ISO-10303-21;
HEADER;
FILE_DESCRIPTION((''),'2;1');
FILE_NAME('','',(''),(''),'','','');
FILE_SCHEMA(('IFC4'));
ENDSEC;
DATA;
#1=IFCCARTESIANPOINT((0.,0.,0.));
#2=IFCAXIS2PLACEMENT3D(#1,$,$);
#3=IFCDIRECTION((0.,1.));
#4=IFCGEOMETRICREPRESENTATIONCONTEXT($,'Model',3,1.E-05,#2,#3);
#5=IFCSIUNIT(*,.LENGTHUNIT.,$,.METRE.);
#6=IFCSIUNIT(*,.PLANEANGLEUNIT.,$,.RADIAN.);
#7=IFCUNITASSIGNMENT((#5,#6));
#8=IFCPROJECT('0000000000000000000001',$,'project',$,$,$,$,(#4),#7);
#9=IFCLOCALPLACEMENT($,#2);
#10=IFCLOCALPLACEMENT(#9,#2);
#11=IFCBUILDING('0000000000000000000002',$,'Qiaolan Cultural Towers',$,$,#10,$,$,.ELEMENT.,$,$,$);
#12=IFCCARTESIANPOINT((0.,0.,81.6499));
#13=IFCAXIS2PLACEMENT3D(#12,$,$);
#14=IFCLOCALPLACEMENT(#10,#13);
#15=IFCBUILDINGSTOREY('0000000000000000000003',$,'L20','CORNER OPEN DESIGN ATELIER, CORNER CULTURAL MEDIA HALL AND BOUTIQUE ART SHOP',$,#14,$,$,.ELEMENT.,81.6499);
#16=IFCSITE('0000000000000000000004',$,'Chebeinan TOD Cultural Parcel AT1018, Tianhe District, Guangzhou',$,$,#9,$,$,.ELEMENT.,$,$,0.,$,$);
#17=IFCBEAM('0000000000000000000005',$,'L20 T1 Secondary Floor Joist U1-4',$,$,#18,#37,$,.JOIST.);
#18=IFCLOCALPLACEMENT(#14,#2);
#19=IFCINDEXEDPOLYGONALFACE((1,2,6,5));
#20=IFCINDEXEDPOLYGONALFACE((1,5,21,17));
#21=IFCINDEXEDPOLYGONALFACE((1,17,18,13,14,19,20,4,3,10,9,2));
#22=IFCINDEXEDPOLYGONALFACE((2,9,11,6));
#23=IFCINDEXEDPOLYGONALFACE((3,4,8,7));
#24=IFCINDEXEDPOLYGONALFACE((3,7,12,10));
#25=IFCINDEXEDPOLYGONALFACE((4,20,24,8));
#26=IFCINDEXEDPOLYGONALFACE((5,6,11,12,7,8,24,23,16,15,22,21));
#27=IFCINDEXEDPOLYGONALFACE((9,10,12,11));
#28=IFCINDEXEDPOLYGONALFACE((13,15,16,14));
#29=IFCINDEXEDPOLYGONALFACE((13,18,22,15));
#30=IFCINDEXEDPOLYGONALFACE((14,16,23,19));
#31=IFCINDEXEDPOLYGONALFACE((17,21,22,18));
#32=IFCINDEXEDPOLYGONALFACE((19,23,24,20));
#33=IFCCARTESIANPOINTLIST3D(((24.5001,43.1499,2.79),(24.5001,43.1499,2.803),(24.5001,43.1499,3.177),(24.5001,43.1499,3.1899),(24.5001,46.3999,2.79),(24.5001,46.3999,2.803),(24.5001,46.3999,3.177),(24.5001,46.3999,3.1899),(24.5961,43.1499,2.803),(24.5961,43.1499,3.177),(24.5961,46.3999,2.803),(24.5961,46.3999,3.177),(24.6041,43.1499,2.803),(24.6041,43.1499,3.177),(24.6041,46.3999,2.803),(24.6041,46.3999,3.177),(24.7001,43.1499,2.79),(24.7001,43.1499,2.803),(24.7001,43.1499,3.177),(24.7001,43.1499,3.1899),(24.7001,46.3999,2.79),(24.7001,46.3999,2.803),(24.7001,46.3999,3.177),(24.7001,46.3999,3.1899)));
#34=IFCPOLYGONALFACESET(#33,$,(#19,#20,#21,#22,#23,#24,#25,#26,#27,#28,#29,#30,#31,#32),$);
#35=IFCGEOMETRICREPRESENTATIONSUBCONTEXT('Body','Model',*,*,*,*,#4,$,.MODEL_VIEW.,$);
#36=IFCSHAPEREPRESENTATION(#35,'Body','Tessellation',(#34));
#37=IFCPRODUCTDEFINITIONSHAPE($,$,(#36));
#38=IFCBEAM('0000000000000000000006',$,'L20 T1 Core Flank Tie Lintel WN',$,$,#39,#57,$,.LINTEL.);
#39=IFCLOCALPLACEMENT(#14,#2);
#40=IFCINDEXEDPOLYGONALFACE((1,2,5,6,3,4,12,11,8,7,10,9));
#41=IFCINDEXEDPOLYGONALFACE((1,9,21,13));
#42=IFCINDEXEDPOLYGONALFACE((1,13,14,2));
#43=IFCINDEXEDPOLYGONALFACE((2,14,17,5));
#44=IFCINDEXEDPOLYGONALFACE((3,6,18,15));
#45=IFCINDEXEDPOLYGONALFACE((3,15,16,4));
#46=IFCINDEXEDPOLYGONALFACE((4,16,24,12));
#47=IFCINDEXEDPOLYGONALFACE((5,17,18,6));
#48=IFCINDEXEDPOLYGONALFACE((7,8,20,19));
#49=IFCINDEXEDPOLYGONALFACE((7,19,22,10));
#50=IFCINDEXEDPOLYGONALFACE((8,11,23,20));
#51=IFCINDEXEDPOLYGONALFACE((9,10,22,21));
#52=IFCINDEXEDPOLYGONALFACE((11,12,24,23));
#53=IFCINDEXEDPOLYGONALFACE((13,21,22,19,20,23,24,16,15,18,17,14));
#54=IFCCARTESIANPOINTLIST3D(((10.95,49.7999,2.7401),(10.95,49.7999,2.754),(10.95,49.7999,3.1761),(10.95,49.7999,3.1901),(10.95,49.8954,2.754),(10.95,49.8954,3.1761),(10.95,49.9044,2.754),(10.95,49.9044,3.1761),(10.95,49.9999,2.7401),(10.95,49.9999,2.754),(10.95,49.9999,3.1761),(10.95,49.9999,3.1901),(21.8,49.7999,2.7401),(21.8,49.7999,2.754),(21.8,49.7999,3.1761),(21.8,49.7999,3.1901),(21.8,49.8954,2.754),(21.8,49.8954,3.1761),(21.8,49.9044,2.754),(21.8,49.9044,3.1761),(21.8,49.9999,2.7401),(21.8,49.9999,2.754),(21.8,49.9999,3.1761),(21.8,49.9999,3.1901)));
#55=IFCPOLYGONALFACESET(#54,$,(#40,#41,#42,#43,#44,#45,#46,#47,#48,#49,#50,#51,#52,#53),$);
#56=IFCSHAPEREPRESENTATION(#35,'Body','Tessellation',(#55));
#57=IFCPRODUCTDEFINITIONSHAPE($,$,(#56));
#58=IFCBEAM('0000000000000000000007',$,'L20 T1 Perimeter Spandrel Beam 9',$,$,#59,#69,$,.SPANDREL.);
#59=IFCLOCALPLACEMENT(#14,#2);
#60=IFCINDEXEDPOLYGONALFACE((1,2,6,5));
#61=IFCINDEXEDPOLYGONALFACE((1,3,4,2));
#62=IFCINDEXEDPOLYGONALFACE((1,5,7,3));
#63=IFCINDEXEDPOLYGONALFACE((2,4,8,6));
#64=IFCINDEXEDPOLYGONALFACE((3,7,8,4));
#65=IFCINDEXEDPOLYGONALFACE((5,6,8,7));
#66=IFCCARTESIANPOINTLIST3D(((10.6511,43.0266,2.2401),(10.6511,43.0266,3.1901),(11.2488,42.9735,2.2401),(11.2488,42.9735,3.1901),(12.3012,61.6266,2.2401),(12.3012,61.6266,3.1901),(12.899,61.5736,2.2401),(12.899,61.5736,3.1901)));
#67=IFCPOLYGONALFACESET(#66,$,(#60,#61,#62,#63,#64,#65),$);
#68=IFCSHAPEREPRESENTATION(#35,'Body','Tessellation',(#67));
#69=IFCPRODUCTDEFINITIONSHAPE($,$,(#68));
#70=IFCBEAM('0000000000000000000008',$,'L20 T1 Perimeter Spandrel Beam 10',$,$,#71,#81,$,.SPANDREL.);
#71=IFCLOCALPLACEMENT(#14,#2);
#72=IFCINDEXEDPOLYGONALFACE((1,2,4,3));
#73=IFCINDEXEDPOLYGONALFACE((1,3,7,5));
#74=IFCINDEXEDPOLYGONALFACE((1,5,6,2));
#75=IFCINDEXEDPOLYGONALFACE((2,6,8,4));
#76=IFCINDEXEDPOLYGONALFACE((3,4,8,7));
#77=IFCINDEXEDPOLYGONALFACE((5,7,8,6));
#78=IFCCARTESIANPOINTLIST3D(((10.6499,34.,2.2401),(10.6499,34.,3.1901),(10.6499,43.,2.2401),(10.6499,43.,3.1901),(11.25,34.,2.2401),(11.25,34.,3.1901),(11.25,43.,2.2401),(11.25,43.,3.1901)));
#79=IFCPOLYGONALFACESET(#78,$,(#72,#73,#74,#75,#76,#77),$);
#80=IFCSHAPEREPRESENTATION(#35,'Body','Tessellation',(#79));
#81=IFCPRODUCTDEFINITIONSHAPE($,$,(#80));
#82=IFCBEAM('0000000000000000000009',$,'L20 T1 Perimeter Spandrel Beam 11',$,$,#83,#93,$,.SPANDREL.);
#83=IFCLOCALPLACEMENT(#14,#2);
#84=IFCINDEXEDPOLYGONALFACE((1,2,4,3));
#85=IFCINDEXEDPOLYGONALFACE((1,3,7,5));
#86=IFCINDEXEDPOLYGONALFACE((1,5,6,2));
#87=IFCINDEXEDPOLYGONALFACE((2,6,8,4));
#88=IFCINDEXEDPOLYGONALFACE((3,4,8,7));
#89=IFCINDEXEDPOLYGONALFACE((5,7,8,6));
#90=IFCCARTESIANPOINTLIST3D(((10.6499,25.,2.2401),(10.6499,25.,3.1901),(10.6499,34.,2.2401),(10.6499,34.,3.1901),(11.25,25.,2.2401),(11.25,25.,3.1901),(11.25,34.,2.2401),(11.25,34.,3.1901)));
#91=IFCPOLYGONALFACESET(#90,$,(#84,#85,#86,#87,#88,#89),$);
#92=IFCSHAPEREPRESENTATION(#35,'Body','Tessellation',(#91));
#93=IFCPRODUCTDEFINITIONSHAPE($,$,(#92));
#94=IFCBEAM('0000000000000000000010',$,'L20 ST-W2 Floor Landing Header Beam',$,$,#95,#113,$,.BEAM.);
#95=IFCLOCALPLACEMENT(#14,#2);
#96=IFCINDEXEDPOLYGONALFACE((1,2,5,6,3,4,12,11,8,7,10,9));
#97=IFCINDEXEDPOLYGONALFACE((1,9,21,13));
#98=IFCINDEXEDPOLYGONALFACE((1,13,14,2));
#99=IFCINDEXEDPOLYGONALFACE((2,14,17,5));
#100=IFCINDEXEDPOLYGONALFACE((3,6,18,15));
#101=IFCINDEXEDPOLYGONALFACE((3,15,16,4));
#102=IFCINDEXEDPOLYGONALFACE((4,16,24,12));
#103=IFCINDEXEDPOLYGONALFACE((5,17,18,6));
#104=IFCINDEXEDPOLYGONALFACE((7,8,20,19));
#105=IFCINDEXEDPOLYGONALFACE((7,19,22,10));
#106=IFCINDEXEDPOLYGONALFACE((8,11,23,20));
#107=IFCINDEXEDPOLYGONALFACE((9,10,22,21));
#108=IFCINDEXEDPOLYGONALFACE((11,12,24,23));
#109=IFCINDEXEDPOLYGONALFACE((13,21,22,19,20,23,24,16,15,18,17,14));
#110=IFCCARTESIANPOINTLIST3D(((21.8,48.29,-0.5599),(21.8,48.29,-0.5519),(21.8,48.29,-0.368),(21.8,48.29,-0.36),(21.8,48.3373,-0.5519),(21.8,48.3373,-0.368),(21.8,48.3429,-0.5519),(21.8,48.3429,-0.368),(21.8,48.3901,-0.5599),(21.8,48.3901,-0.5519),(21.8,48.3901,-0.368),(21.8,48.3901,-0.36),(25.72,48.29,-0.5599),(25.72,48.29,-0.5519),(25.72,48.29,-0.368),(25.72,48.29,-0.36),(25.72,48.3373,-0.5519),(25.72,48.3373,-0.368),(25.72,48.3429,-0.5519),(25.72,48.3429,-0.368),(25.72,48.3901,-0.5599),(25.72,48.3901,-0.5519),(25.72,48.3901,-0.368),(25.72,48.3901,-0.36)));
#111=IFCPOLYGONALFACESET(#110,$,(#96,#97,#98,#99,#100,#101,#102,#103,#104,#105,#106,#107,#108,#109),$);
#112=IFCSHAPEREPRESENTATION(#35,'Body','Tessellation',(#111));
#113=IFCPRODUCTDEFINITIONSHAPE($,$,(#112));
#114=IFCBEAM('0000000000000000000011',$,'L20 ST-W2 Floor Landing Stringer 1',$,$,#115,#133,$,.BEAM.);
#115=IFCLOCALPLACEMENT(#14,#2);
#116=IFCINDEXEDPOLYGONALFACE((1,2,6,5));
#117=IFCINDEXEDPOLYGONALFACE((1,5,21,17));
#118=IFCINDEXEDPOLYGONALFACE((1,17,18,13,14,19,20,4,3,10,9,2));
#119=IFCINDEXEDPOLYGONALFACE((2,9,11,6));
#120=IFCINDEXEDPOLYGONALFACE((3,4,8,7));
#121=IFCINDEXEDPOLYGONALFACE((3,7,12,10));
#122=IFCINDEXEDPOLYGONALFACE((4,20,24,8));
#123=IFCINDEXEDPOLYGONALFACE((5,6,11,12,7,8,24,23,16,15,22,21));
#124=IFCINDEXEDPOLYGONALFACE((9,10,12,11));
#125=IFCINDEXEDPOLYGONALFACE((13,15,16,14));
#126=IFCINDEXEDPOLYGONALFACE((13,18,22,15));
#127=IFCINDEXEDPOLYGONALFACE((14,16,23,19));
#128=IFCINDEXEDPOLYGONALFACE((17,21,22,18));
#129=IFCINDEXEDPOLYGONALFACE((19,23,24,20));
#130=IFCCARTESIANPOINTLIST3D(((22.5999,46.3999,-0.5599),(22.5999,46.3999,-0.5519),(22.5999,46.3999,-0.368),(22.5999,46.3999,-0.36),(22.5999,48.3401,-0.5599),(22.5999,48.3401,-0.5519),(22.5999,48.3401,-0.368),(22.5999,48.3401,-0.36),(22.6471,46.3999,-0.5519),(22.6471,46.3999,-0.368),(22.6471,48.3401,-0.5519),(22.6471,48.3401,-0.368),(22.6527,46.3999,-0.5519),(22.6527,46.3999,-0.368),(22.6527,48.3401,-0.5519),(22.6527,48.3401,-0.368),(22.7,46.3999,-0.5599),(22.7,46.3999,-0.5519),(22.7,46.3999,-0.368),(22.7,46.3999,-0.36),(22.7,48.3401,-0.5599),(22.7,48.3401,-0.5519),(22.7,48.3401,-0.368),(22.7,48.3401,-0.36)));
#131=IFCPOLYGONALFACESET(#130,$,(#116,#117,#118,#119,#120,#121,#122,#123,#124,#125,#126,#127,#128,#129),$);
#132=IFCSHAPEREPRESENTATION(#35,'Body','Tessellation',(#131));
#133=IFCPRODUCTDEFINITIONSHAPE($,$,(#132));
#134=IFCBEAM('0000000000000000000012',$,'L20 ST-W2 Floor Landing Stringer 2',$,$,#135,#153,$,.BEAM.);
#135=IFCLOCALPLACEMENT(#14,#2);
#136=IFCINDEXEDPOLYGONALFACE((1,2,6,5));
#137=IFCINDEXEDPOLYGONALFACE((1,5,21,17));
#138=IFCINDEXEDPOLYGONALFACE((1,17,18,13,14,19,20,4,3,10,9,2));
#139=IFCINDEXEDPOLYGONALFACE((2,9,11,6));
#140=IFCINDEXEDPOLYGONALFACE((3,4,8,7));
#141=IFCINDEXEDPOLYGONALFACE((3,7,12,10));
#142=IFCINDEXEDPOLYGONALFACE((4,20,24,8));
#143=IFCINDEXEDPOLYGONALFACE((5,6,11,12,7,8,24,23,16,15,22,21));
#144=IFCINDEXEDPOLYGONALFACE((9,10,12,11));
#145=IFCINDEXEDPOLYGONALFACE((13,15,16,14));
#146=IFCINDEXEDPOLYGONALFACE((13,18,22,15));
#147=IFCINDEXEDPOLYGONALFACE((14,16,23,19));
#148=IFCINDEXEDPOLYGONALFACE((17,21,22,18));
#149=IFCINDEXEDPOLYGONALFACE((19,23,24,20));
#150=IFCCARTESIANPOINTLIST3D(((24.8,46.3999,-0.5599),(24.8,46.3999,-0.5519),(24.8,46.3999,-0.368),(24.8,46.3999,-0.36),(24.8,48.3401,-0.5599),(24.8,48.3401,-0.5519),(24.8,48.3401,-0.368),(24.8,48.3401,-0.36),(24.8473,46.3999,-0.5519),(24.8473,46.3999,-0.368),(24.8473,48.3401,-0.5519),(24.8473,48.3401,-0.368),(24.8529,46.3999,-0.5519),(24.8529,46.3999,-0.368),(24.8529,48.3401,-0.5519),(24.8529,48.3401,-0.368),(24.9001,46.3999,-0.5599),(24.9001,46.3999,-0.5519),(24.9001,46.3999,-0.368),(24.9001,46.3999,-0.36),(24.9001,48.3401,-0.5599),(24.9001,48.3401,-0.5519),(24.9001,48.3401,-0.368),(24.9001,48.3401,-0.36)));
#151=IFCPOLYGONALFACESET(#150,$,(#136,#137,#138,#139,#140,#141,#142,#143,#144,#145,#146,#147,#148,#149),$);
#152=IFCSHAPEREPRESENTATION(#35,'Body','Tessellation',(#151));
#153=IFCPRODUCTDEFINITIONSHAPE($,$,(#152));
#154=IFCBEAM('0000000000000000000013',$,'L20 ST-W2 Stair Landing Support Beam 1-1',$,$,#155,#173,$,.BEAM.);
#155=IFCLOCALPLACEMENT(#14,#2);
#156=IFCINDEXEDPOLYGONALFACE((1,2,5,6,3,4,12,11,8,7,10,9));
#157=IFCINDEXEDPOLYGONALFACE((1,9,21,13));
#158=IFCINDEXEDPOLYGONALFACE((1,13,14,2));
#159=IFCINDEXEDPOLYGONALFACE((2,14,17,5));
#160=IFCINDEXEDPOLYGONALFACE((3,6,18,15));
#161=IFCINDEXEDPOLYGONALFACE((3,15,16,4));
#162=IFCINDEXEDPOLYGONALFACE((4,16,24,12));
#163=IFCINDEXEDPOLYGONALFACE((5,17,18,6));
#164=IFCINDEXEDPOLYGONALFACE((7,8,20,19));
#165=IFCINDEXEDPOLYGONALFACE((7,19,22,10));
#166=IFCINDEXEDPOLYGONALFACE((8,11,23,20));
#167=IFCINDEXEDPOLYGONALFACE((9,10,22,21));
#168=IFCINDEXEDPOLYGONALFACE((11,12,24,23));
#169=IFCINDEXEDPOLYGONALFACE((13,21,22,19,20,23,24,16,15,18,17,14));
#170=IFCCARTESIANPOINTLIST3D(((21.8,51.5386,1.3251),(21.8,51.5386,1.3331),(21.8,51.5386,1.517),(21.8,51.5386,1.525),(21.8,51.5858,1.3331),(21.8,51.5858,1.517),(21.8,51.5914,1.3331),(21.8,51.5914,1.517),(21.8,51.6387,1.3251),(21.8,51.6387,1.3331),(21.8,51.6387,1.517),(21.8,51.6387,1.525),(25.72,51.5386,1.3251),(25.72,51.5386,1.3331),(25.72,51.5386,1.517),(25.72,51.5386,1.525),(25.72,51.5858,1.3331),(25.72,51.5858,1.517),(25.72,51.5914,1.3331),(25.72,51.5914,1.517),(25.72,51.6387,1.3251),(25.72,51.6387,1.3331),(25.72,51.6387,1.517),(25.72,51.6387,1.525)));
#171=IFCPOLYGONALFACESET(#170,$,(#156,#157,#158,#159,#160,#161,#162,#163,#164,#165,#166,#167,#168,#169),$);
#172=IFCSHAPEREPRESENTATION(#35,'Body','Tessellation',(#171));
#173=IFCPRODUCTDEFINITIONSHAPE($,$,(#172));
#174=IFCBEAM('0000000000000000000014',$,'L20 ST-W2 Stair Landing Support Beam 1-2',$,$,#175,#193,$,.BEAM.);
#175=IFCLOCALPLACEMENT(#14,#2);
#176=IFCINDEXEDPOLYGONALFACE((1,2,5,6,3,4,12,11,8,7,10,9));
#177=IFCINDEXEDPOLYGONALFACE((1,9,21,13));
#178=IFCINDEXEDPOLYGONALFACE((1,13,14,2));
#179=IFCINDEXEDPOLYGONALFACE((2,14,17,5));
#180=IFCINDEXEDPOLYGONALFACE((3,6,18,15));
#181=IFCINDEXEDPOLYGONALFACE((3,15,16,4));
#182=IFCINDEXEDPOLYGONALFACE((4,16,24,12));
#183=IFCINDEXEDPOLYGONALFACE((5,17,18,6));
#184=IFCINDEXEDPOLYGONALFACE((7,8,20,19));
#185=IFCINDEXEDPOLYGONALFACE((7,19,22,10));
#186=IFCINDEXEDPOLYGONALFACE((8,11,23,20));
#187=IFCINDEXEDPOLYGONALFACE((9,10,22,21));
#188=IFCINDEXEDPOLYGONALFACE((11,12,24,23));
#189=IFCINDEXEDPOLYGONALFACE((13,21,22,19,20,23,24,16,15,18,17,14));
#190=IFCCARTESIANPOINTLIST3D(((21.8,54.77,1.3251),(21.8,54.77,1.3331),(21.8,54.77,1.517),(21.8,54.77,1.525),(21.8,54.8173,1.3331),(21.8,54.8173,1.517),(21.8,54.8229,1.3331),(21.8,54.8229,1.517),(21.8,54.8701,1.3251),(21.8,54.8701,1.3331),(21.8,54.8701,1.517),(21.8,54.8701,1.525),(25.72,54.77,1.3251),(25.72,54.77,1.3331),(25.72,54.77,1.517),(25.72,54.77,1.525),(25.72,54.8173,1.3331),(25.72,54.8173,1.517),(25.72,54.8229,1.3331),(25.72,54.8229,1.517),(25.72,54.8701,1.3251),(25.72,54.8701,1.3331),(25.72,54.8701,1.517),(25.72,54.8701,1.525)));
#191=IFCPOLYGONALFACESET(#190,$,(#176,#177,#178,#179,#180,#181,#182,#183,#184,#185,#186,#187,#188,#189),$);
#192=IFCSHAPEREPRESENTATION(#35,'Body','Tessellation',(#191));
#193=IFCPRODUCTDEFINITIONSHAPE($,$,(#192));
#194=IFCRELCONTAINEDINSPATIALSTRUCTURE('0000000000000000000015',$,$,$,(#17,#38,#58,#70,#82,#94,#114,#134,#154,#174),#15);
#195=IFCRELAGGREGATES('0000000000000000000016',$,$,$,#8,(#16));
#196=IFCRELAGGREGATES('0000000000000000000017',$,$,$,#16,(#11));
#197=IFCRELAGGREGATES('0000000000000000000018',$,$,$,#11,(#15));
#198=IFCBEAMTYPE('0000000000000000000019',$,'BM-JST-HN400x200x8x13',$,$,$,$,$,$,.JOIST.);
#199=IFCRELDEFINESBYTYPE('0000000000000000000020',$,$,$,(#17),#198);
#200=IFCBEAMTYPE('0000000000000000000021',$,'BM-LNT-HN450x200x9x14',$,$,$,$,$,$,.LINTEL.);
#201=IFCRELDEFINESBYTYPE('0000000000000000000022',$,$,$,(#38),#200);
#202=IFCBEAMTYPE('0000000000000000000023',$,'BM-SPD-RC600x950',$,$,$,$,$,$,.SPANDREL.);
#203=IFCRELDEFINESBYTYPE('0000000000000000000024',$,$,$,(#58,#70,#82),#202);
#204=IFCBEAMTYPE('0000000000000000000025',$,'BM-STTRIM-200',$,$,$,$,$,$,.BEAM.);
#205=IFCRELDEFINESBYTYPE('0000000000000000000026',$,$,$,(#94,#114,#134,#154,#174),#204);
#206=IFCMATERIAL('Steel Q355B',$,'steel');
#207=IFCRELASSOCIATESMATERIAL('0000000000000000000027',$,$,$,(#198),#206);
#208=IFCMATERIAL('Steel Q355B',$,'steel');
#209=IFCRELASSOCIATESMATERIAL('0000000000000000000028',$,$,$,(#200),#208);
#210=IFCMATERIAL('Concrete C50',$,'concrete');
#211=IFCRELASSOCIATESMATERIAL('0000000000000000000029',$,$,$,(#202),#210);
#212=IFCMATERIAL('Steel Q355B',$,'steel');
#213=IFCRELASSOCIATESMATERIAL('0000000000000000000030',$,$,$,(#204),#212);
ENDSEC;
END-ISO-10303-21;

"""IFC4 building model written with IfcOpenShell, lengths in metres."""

from ifc_helpers import new_model, si_unit, direction, frame, origin, origin_2d, place, context, subcontext, project, spatial, rectangle, i_section, extrude, material, material_profile, profile_set, type_object, element, save


model = new_model("IFC4")

# Units and contexts
model_context = context("Model", 3, precision=1e-05, world=origin(), true_north=direction((0.0, 1.0)))
body_context = subcontext(model_context, "Body", "Model", "MODEL_VIEW")
ifc_project = project(units=[si_unit("LENGTHUNIT", "METRE"), si_unit("PLANEANGLEUNIT", "RADIAN")], contexts=[model_context])

# Site, building, storey
site_placement = place(None, origin())
site = spatial("IfcSite", under=ifc_project, at=site_placement, Name="Chebeinan TOD Cultural Parcel AT1018, Tianhe District, Guangzhou", CompositionType="ELEMENT", RefElevation=0.0)
building_placement = place(site_placement, origin())
building = spatial("IfcBuilding", under=site, at=building_placement, Name="Qiaolan Cultural Towers", CompositionType="ELEMENT")
storey_placement = place(building_placement, frame((0.0, 0.0, 81.6499)))
storey = spatial("IfcBuildingStorey", under=building, at=storey_placement, Name="L20", Description="CORNER OPEN DESIGN ATELIER, CORNER CULTURAL MEDIA HALL AND BOUTIQUE ART SHOP", CompositionType="ELEMENT", Elevation=81.6499)

# Beams
ifc_material_1 = material(Name="Steel Q355B", Category="steel")
ifc_material_profile_1 = material_profile(ifc_material_1, i_section(OverallWidth=0.2, OverallDepth=0.3999, WebThickness=0.0081, FlangeThickness=0.0129, at=origin_2d()), Name="HN400x200x8x13")
ifc_profile_set_1 = profile_set([ifc_material_profile_1], Name="Steel Q355B")
beam_type_1 = type_object("IfcBeamType", Name="BM-JST-HN400x200x8x13", PredefinedType="JOIST", material=ifc_profile_set_1)
beam_1_placement = place(storey_placement, frame((24.6001, 43.1499, 2.99), z_axis=(0.0, 1.0, 0.0), x_axis=(-1.0, 0.0, 0.0)))
element("IfcBeam", 1, at=beam_1_placement, inside=storey, type_object=beam_type_1, Name="L20 T1 Secondary Floor Joist U1-4", PredefinedType="JOIST", context=body_context, shape_type="SweptSolid", body=[
    extrude(i_section(OverallWidth=0.2, OverallDepth=0.3999, WebThickness=0.0081, FlangeThickness=0.0129, at=origin_2d()), origin(), (0.0, 0.0, 1.0), 3.25),
])
ifc_material_2 = material(Name="Steel Q355B", Category="steel")
ifc_material_profile_2 = material_profile(ifc_material_2, i_section(OverallWidth=0.2, OverallDepth=0.45, WebThickness=0.009, FlangeThickness=0.0139, at=origin_2d()), Name="HN450x200x9x14")
ifc_profile_set_2 = profile_set([ifc_material_profile_2], Name="Steel Q355B")
beam_type_2 = type_object("IfcBeamType", Name="BM-LNT-HN450x200x9x14", PredefinedType="LINTEL", material=ifc_profile_set_2)
beam_2_placement = place(storey_placement, frame((21.8, 49.8999, 2.9651), z_axis=(-1.0, 0.0, 0.0), x_axis=(0.0, -1.0, 0.0)))
element("IfcBeam", 2, at=beam_2_placement, inside=storey, type_object=beam_type_2, Name="L20 T1 Core Flank Tie Lintel WN", PredefinedType="LINTEL", context=body_context, shape_type="SweptSolid", body=[
    extrude(i_section(OverallWidth=0.2, OverallDepth=0.45, WebThickness=0.009, FlangeThickness=0.0139, at=origin_2d()), origin(), (0.0, 0.0, 1.0), 10.8501),
])
ifc_material_3 = material(Name="Concrete C50", Category="concrete")
ifc_material_profile_3 = material_profile(ifc_material_3, rectangle(XDim=0.6001, YDim=0.95, at=origin_2d()), Name="RC600x950")
ifc_profile_set_3 = profile_set([ifc_material_profile_3], Name="Concrete C50")
beam_type_3 = type_object("IfcBeamType", Name="BM-SPD-RC600x950", PredefinedType="SPANDREL", material=ifc_profile_set_3)
beam_3_placement = place(storey_placement, frame((12.6001, 61.6001, 2.7151), z_axis=(-0.08837, -0.996088, 0.0), x_axis=(0.996088, -0.08837, 0.0)))
element("IfcBeam", 3, at=beam_3_placement, inside=storey, type_object=beam_type_3, Name="L20 T1 Perimeter Spandrel Beam 9", PredefinedType="SPANDREL", context=body_context, shape_type="SweptSolid", body=[
    extrude(rectangle(XDim=0.6001, YDim=0.95, at=origin_2d()), origin(), (0.0, 0.0, 1.0), 18.6731),
])
for number, where, z_axis, x_axis, name in (
    (4, (10.95, 43.0, 2.7151), (0.0, -1.0, 0.0), (1.0, 0.0, 0.0), "L20 T1 Perimeter Spandrel Beam 10"),
    (5, (10.95, 34.0, 2.7151), (0.0, -1.0, 0.0), (1.0, 0.0, 0.0), "L20 T1 Perimeter Spandrel Beam 11"),
):
    element("IfcBeam", number, at=place(storey_placement, frame(where, z_axis=z_axis, x_axis=x_axis)), inside=storey, type_object=beam_type_3, Name=name, PredefinedType="SPANDREL", context=body_context, shape_type="SweptSolid", body=[
        extrude(rectangle(XDim=0.6001, YDim=0.95, at=origin_2d()), origin(), (0.0, 0.0, 1.0), 9.0),
    ])
ifc_material_4 = material(Name="Steel Q355B", Category="steel")
ifc_material_profile_4 = material_profile(ifc_material_4, i_section(OverallWidth=0.1001, OverallDepth=0.2, WebThickness=0.0056, FlangeThickness=0.0081, at=origin_2d()), Name="HN200x100x5.5x8")
ifc_profile_set_4 = profile_set([ifc_material_profile_4], Name="Steel Q355B")
beam_type_4 = type_object("IfcBeamType", Name="BM-STTRIM-200", PredefinedType="BEAM", material=ifc_profile_set_4)
beam_4_placement = place(storey_placement, frame((21.8, 48.3401, -0.46), z_axis=(1.0, 0.0, 0.0), x_axis=(0.0, 1.0, 0.0)))
element("IfcBeam", 6, at=beam_4_placement, inside=storey, type_object=beam_type_4, Name="L20 ST-W2 Floor Landing Header Beam", PredefinedType="BEAM", context=body_context, shape_type="SweptSolid", body=[
    extrude(i_section(OverallWidth=0.1001, OverallDepth=0.2, WebThickness=0.0056, FlangeThickness=0.0081, at=origin_2d()), origin(), (0.0, 0.0, 1.0), 3.9199),
])
for number, where, z_axis, x_axis, name in (
    (7, (22.6499, 46.3999, -0.46), (0.0, 1.0, 0.0), (-1.0, 0.0, 0.0), "L20 ST-W2 Floor Landing Stringer 1"),
    (8, (24.8501, 46.3999, -0.46), (0.0, 1.0, 0.0), (-1.0, 0.0, 0.0), "L20 ST-W2 Floor Landing Stringer 2"),
):
    element("IfcBeam", number, at=place(storey_placement, frame(where, z_axis=z_axis, x_axis=x_axis)), inside=storey, type_object=beam_type_4, Name=name, PredefinedType="BEAM", context=body_context, shape_type="SweptSolid", body=[
        extrude(i_section(OverallWidth=0.1001, OverallDepth=0.2, WebThickness=0.0056, FlangeThickness=0.0081, at=origin_2d()), origin(), (0.0, 0.0, 1.0), 1.9402),
    ])
for number, where, z_axis, x_axis, name in (
    (9, (21.8, 51.5886, 1.425), (1.0, 0.0, 0.0), (0.0, 1.0, 0.0), "L20 ST-W2 Stair Landing Support Beam 1-1"),
    (10, (21.8, 54.8201, 1.425), (1.0, 0.0, 0.0), (0.0, 1.0, 0.0), "L20 ST-W2 Stair Landing Support Beam 1-2"),
):
    element("IfcBeam", number, at=place(storey_placement, frame(where, z_axis=z_axis, x_axis=x_axis)), inside=storey, type_object=beam_type_4, Name=name, PredefinedType="BEAM", context=body_context, shape_type="SweptSolid", body=[
        extrude(i_section(OverallWidth=0.1001, OverallDepth=0.2, WebThickness=0.0056, FlangeThickness=0.0081, at=origin_2d()), origin(), (0.0, 0.0, 1.0), 3.9199),
    ])

save(model, "model.ifc")
